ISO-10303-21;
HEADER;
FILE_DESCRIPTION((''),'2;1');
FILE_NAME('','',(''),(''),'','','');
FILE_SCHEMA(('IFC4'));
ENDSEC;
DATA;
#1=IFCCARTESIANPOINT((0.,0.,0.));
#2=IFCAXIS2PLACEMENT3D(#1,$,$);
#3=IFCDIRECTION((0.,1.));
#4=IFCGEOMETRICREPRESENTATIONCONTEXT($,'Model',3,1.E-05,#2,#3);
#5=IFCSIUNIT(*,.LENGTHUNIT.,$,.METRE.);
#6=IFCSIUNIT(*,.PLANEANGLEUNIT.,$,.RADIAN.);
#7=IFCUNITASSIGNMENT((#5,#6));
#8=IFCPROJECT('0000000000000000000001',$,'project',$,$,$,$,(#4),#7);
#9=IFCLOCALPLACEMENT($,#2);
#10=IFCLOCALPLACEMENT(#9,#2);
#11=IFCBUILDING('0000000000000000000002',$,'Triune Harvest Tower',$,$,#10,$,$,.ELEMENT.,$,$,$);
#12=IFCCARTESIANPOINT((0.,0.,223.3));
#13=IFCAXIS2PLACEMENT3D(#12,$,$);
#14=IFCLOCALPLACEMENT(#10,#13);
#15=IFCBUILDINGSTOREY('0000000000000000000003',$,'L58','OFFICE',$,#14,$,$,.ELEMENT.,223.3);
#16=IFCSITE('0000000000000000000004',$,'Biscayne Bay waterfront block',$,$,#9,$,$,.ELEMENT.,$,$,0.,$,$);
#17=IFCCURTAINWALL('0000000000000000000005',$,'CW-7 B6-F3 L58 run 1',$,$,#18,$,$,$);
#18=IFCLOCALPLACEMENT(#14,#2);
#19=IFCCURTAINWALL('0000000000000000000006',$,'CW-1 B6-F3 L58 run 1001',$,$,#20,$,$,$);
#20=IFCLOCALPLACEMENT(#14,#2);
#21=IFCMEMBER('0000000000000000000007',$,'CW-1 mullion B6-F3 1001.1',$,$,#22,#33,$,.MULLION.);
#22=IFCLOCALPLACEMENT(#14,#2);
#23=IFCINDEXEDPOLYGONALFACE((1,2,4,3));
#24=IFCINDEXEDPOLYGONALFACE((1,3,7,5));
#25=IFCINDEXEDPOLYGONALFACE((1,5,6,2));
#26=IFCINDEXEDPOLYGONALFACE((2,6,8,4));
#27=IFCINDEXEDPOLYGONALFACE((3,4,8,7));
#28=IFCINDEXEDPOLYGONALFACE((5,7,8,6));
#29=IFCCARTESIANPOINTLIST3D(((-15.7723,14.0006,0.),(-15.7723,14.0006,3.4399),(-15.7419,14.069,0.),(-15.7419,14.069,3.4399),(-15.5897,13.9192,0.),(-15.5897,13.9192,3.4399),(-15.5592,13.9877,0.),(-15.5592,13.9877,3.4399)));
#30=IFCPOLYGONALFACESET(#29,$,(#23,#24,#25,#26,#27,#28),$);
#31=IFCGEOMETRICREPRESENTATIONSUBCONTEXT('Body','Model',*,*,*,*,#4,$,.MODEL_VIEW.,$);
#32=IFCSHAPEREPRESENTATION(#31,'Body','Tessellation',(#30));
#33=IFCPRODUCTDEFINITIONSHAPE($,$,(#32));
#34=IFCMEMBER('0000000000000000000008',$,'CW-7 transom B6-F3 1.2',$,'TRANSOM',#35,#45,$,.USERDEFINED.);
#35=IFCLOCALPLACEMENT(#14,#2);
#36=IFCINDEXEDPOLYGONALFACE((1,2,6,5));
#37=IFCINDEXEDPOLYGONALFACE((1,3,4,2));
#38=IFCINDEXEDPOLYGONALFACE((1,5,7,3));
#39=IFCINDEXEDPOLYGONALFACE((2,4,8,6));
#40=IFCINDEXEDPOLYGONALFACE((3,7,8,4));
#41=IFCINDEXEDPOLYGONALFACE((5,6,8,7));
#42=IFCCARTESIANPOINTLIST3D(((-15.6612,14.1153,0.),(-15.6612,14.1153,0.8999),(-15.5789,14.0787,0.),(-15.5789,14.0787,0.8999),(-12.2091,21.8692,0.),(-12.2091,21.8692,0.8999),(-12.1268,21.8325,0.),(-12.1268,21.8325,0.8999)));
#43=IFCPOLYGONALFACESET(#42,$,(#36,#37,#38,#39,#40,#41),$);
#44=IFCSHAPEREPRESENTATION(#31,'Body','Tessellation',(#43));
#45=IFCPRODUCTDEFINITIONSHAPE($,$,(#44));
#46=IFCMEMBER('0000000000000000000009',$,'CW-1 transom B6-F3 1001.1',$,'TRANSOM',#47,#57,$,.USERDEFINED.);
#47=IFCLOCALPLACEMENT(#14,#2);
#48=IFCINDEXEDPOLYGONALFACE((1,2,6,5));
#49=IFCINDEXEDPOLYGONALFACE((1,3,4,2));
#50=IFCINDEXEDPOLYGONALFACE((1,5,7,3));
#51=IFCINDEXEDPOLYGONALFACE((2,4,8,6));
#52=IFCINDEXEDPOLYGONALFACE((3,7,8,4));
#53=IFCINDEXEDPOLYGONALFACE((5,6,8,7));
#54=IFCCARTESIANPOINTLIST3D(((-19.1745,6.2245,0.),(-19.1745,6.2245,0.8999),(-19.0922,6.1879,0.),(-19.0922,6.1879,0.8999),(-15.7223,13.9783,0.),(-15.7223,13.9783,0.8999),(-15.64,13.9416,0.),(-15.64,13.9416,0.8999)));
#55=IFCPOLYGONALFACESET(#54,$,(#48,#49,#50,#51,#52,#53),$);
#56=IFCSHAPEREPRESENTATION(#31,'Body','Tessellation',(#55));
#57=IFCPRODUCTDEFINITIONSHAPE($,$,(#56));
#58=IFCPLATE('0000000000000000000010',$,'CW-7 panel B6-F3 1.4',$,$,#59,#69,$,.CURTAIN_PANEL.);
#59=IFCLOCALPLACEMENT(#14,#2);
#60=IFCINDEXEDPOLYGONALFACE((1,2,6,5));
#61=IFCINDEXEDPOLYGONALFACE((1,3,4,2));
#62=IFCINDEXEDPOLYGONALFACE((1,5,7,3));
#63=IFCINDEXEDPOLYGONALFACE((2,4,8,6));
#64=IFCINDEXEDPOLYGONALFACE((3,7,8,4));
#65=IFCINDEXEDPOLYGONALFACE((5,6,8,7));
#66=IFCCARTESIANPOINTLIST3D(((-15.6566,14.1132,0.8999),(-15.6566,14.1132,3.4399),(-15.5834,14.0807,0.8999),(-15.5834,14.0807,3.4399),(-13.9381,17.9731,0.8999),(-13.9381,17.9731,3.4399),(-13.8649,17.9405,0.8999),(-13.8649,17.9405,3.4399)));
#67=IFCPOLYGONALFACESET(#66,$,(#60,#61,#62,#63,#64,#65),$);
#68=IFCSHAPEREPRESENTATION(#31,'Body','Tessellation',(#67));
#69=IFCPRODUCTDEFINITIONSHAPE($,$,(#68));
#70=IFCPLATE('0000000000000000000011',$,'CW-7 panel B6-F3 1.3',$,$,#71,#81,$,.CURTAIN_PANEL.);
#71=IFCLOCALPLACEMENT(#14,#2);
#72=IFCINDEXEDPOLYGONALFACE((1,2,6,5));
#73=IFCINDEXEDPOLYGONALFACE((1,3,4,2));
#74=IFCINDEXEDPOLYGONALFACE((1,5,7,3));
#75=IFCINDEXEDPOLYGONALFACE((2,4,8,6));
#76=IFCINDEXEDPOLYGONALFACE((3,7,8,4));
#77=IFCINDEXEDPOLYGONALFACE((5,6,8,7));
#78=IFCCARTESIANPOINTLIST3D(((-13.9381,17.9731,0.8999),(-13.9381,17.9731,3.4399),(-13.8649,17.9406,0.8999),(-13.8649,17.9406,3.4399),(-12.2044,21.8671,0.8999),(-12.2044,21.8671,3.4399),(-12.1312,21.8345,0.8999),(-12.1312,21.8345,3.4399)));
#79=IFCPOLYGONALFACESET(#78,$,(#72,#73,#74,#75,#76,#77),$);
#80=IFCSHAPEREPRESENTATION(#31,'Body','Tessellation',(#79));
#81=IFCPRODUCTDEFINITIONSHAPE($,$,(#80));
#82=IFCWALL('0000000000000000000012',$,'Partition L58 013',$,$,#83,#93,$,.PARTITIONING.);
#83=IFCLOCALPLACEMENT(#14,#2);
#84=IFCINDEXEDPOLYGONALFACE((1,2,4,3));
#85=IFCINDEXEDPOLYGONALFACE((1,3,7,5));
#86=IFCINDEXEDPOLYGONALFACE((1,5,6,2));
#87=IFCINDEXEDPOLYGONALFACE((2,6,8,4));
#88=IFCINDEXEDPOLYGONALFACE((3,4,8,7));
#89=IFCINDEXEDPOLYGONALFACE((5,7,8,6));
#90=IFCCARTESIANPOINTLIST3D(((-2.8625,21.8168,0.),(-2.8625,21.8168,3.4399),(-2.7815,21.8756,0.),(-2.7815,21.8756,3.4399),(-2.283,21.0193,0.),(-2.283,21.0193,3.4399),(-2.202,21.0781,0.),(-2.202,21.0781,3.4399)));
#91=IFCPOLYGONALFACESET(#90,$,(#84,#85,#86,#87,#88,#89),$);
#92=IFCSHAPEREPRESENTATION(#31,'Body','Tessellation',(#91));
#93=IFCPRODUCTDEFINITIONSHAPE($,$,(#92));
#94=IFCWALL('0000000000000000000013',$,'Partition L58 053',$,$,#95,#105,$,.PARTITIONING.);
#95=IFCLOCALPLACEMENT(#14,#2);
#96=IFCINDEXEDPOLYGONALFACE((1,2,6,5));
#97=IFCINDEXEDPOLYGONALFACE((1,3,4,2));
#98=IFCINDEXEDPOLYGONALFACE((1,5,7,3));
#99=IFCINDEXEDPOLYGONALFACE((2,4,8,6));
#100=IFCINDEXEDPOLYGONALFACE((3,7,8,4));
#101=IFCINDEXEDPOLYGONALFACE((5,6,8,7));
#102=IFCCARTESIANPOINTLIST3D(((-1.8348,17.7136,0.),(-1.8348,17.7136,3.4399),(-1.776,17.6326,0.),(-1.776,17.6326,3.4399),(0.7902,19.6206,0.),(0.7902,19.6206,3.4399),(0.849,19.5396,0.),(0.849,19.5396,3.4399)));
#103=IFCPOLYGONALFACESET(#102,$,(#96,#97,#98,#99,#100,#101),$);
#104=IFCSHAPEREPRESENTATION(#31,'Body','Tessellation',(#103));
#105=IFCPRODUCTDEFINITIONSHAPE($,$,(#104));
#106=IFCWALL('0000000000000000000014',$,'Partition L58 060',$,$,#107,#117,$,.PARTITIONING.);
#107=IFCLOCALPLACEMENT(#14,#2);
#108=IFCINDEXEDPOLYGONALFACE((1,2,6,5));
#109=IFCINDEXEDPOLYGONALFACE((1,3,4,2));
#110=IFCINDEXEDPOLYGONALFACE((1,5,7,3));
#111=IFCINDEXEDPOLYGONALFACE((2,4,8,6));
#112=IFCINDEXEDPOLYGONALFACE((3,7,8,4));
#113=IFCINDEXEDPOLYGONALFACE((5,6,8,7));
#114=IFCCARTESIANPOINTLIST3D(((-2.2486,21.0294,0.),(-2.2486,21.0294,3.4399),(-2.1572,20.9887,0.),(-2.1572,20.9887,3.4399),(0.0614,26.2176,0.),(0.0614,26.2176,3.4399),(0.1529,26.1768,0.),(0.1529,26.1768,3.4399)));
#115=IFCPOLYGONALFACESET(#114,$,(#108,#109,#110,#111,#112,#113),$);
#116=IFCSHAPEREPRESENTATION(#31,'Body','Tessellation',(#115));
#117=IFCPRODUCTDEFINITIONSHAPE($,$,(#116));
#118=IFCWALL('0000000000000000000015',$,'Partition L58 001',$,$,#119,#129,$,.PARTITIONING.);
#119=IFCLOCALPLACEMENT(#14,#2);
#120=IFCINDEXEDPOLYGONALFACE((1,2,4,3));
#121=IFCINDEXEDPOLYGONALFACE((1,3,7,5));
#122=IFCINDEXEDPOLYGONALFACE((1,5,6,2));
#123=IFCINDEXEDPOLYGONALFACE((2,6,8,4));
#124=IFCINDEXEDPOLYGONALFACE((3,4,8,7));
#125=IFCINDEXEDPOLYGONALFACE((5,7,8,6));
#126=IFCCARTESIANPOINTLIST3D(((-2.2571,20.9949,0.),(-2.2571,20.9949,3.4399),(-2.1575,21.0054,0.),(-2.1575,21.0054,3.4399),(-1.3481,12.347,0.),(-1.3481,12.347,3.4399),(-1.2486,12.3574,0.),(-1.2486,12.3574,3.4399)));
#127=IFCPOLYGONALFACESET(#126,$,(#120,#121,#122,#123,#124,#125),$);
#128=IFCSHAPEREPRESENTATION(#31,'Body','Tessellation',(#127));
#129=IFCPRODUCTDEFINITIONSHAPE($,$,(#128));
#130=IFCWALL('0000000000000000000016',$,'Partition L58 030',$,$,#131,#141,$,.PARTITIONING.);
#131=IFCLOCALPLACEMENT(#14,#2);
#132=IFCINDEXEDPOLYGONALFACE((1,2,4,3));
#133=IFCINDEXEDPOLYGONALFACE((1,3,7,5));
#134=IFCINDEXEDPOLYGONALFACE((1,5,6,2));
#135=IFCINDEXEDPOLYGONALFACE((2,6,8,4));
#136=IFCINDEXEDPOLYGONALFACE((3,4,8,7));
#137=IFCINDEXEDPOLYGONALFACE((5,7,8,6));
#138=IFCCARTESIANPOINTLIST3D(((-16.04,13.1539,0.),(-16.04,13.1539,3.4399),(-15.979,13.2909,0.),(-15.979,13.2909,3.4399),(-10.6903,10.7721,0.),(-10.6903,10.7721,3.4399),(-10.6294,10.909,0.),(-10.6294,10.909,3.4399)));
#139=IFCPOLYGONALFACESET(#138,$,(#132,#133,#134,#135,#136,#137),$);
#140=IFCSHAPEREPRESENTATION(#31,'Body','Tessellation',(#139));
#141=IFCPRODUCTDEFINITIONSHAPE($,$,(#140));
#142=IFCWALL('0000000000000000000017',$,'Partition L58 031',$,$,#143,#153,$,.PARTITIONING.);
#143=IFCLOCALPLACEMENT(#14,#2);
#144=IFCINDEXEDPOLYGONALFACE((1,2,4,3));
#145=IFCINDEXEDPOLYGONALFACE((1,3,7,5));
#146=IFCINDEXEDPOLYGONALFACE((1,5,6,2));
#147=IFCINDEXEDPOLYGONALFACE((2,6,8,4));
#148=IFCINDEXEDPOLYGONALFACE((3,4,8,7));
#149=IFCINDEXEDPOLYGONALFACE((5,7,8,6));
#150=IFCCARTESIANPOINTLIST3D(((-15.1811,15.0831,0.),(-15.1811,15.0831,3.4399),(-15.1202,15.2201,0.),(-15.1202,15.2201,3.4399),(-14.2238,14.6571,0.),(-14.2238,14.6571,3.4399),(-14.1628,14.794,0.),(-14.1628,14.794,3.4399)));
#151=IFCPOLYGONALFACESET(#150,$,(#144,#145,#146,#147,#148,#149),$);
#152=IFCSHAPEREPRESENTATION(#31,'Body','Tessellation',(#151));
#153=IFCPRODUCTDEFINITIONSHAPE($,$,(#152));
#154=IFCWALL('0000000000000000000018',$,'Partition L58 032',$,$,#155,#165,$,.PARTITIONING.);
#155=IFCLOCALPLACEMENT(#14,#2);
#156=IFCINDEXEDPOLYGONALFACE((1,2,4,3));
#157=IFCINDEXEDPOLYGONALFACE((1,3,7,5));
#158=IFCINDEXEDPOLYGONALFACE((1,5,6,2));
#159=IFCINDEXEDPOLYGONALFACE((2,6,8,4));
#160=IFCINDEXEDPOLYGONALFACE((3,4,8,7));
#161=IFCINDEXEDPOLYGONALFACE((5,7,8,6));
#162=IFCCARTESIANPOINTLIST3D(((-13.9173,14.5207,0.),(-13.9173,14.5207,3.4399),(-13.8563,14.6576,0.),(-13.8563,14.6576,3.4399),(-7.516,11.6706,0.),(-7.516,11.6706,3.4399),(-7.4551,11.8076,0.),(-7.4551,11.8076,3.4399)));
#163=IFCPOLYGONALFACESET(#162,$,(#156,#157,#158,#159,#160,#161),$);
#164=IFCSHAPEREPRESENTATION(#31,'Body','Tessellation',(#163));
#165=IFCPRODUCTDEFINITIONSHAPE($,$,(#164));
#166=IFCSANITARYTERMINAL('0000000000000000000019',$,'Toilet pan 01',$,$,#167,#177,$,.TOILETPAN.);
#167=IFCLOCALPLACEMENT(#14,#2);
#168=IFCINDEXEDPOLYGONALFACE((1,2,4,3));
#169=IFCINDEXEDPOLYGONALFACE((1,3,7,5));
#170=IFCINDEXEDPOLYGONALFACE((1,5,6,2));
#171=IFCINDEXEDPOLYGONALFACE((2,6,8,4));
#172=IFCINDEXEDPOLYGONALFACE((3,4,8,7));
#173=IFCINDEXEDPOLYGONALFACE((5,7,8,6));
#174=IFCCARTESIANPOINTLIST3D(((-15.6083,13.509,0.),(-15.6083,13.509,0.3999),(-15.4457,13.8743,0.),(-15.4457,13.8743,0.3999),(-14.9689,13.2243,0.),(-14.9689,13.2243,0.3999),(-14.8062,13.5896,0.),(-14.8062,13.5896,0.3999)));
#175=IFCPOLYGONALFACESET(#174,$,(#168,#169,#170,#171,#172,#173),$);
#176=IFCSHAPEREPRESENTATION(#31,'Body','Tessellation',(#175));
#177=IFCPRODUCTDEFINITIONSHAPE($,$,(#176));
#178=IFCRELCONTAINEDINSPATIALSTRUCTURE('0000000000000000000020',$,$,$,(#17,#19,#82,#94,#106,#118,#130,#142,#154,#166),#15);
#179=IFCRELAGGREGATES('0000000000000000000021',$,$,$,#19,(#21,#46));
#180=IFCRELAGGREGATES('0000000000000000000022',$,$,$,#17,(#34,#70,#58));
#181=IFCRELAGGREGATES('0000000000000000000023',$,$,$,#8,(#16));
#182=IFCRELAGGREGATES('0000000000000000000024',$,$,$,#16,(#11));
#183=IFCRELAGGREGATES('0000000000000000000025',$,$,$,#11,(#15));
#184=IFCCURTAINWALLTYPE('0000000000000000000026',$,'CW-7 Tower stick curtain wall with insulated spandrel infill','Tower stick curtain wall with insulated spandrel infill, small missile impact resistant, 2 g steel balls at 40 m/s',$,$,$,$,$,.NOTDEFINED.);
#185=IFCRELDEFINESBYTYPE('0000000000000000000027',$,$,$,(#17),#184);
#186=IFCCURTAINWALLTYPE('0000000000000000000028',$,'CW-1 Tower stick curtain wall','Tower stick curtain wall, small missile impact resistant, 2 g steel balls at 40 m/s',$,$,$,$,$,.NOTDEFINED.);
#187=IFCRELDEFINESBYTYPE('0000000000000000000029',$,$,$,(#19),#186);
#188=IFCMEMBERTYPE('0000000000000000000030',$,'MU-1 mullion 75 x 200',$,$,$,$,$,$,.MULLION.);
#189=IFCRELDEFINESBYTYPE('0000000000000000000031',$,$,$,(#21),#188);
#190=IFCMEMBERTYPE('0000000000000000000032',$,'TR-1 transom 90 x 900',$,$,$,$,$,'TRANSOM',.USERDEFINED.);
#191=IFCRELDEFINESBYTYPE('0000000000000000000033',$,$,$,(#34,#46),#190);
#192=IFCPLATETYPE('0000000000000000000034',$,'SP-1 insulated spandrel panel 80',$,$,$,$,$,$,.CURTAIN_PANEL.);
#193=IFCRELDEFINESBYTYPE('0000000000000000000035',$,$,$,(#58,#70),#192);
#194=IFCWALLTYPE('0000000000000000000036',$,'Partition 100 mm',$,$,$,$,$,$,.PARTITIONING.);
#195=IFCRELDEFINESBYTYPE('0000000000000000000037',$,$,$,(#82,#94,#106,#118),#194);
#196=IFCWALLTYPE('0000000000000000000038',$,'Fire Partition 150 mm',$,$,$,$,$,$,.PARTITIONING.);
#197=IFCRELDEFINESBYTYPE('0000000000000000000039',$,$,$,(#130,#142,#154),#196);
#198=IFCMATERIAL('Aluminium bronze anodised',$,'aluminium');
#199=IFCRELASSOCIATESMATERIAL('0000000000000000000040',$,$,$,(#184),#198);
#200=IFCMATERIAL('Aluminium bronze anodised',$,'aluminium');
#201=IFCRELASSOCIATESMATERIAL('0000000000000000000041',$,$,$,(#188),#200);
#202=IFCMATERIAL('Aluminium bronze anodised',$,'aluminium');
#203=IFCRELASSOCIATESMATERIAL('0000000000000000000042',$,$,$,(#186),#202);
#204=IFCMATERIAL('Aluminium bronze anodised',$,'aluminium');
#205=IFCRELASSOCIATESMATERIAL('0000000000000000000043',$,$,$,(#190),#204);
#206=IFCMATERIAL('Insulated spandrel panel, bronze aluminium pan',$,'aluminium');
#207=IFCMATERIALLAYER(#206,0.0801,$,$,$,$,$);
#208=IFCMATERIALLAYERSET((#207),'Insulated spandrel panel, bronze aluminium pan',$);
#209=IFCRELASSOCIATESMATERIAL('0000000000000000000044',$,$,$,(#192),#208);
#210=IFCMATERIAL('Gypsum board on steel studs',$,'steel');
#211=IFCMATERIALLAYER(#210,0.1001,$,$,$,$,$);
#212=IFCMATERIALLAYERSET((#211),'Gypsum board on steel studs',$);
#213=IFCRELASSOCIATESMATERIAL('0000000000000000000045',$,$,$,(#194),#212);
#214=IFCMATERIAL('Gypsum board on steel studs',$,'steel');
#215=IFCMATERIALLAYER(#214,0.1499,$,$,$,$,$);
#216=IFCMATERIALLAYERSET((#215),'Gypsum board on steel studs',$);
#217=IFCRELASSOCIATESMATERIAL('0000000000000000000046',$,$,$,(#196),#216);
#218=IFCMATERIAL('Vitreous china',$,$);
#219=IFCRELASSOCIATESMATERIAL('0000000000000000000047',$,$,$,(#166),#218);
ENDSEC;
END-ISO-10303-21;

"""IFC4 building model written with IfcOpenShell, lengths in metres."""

from ifc_helpers import new_model, si_unit, direction, frame, frame_2d, origin, origin_2d, place, context, subcontext, project, spatial, rectangle, extrude, source, transform, mapped, material, layer, layer_set, material_profile, profile_set, type_object, element, aggregate, save


model = new_model("IFC4")

# Units and contexts
model_context = context("Model", 3, precision=1e-05, world=origin(), true_north=direction((0.0, 1.0)))
body_context = subcontext(model_context, "Body", "Model", "MODEL_VIEW")
ifc_project = project(units=[si_unit("LENGTHUNIT", "METRE"), si_unit("PLANEANGLEUNIT", "RADIAN")], contexts=[model_context])

# Site, building, storey
site_placement = place(None, origin())
site = spatial("IfcSite", under=ifc_project, at=site_placement, Name="Biscayne Bay waterfront block", CompositionType="ELEMENT", RefElevation=0.0)
building_placement = place(site_placement, origin())
building = spatial("IfcBuilding", under=site, at=building_placement, Name="Triune Harvest Tower", CompositionType="ELEMENT")
storey_placement = place(building_placement, frame((0.0, 0.0, 223.3)))
storey = spatial("IfcBuildingStorey", under=building, at=storey_placement, Name="L58", Description="OFFICE", CompositionType="ELEMENT", Elevation=223.3)

# Curtain walls, member
ifc_material_1 = material(Name="Aluminium bronze anodised", Category="aluminium")
curtain_wall_type_1 = type_object("IfcCurtainWallType", Name="CW-7 Tower stick curtain wall with insulated spandrel infill", Description="Tower stick curtain wall with insulated spandrel infill, small missile impact resistant, 2 g steel balls at 40 m/s", PredefinedType="NOTDEFINED", material=ifc_material_1)
curtain_wall_1_placement = place(storey_placement, origin())
curtain_wall_1 = element("IfcCurtainWall", 1, at=curtain_wall_1_placement, inside=storey, type_object=curtain_wall_type_1, Name="CW-7 B6-F3 L58 run 1")
ifc_material_2 = material(Name="Aluminium bronze anodised", Category="aluminium")
ifc_material_profile_1 = material_profile(ifc_material_2, rectangle(XDim=0.2, YDim=0.075, at=origin_2d()), Name="MU-1 mullion 75 x 200")
ifc_profile_set_1 = profile_set([ifc_material_profile_1], Name="Aluminium bronze anodised")
member_type_1 = type_object("IfcMemberType", Name="MU-1 mullion 75 x 200", PredefinedType="MULLION", material=ifc_profile_set_1)
shared_shape_1 = source(origin(), body_context, "Body", "SweptSolid", [
    extrude(rectangle(XDim=0.2, YDim=0.075, at=origin_2d()), origin(), (0.0, 0.0, 1.0), 3.4399),
])
ifc_material_3 = material(Name="Aluminium bronze anodised", Category="aluminium")
curtain_wall_type_2 = type_object("IfcCurtainWallType", Name="CW-1 Tower stick curtain wall", Description="Tower stick curtain wall, small missile impact resistant, 2 g steel balls at 40 m/s", PredefinedType="NOTDEFINED", material=ifc_material_3)
curtain_wall_2_placement = place(storey_placement, origin())
curtain_wall_2 = element("IfcCurtainWall", 2, at=curtain_wall_2_placement, inside=storey, type_object=curtain_wall_type_2, Name="CW-1 B6-F3 L58 run 1001")
member_1_placement = place(storey_placement, frame((-15.6658, 13.9941, 0.0), z_axis=(0.0, 0.0, 1.0), x_axis=(0.913542, -0.406744, 0.0)))
member_1 = element("IfcMember", 3, at=member_1_placement, type_object=member_type_1, Name="CW-1 mullion B6-F3 1001.1", PredefinedType="MULLION", context=body_context, shape_type="MappedRepresentation", body=[
    mapped(shared_shape_1, transform((0.0, 0.0, 0.0), scale=1.0)),
])

# Members
ifc_material_4 = material(Name="Aluminium bronze anodised", Category="aluminium")
ifc_material_profile_2 = material_profile(ifc_material_4, rectangle(XDim=0.0901, YDim=0.8999, at=origin_2d()), Name="TR-1 transom 90 x 900")
ifc_profile_set_2 = profile_set([ifc_material_profile_2], Name="Aluminium bronze anodised")
member_type_2 = type_object("IfcMemberType", Name="TR-1 transom 90 x 900", ElementType="TRANSOM", PredefinedType="USERDEFINED", material=ifc_profile_set_2)
shared_shape_2 = source(origin(), body_context, "Body", "SweptSolid", [
    extrude(rectangle(XDim=0.0901, YDim=0.8999, at=origin_2d()), origin(), (0.0, 0.0, 1.0), 8.4875),
])
member_2_placement = place(storey_placement, frame((-12.168, 21.8508, 0.45), z_axis=(-0.406726, -0.91355, 0.0), x_axis=(0.91355, -0.406726, 0.0)))
member_2 = element("IfcMember", 4, at=member_2_placement, type_object=member_type_2, Name="CW-7 transom B6-F3 1.2", ObjectType="TRANSOM", PredefinedType="USERDEFINED", context=body_context, shape_type="MappedRepresentation", body=[
    mapped(shared_shape_2, transform((0.0, 0.0, 0.0), scale=1.0)),
])
member_3_placement = place(storey_placement, frame((-15.6812, 13.96, 0.45), z_axis=(-0.406736, -0.913546, 0.0), x_axis=(0.913546, -0.406736, 0.0)))
member_3 = element("IfcMember", 5, at=member_3_placement, type_object=member_type_2, Name="CW-1 transom B6-F3 1001.1", ObjectType="TRANSOM", PredefinedType="USERDEFINED", context=body_context, shape_type="MappedRepresentation", body=[
    mapped(shared_shape_2, transform((0.0, 0.0, 0.0), scale=1.0)),
])
aggregate(curtain_wall_2, [member_1, member_3])

# Plates
ifc_material_5 = material(Name="Insulated spandrel panel, bronze aluminium pan", Category="aluminium")
ifc_layer_1 = layer(ifc_material_5, 0.0801)
ifc_layer_set_1 = layer_set([ifc_layer_1], Name="Insulated spandrel panel, bronze aluminium pan")
plate_type = type_object("IfcPlateType", Name="SP-1 insulated spandrel panel 80", PredefinedType="CURTAIN_PANEL", material=ifc_layer_set_1)
shared_shape_3 = source(origin(), body_context, "Body", "SweptSolid", [
    extrude(rectangle(XDim=4.2251, YDim=0.0801, at=origin_2d()), origin(), (0.0, 0.0, 1.0), 2.54),
])
plate_1_placement = place(storey_placement, frame((-14.7607, 16.0269, 0.8999), z_axis=(0.0, 0.0, 1.0), x_axis=(-0.406736, -0.913546, 0.0)))
plate_1 = element("IfcPlate", 6, at=plate_1_placement, type_object=plate_type, Name="CW-7 panel B6-F3 1.4", PredefinedType="CURTAIN_PANEL", context=body_context, shape_type="MappedRepresentation", body=[
    mapped(shared_shape_3, transform((0.0, 0.0, 0.0), scale=1.0)),
])
shared_shape_4 = source(origin(), body_context, "Body", "SweptSolid", [
    extrude(rectangle(XDim=4.2625, YDim=0.0801, at=origin_2d()), origin(), (0.0, 0.0, 1.0), 2.54),
])
plate_2_placement = place(storey_placement, frame((-13.0347, 19.9038, 0.8999), z_axis=(0.0, 0.0, 1.0), x_axis=(-0.406736, -0.913546, 0.0)))
plate_2 = element("IfcPlate", 7, at=plate_2_placement, type_object=plate_type, Name="CW-7 panel B6-F3 1.3", PredefinedType="CURTAIN_PANEL", context=body_context, shape_type="MappedRepresentation", body=[
    mapped(shared_shape_4, transform((0.0, 0.0, 0.0), scale=1.0)),
])
aggregate(curtain_wall_1, [member_2, plate_2, plate_1])

# Walls
ifc_material_6 = material(Name="Gypsum board on steel studs", Category="steel")
ifc_layer_2 = layer(ifc_material_6, 0.1001)
ifc_layer_set_2 = layer_set([ifc_layer_2], Name="Gypsum board on steel studs")
wall_type_1 = type_object("IfcWallType", Name="Partition 100 mm", PredefinedType="PARTITIONING", material=ifc_layer_set_2)
wall_1_placement = place(storey_placement, frame((-2.822, 21.8462, 0.0), z_axis=(0.0, 0.0, 1.0), x_axis=(0.587848, -0.808972, 0.0)))
element("IfcWall", 8, at=wall_1_placement, inside=storey, type_object=wall_type_1, Name="Partition L58 013", PredefinedType="PARTITIONING", context=body_context, shape_type="SweptSolid", body=[
    extrude(rectangle(XDim=0.9858, YDim=0.1001, at=frame_2d((0.4929, 0.0))), origin(), (0.0, 0.0, 1.0), 3.4399),
])
wall_2_placement = place(storey_placement, frame((-1.8054, 17.6731, 0.0), z_axis=(0.0, 0.0, 1.0), x_axis=(0.809045, 0.587747, 0.0)))
element("IfcWall", 9, at=wall_2_placement, inside=storey, type_object=wall_type_1, Name="Partition L58 053", PredefinedType="PARTITIONING", context=body_context, shape_type="SweptSolid", body=[
    extrude(rectangle(XDim=3.2446, YDim=0.1001, at=frame_2d((1.6223, 0.0))), origin(), (0.0, 0.0, 1.0), 3.4399),
])
wall_3_placement = place(storey_placement, frame((-2.2029, 21.009, 0.0), z_axis=(0.0, 0.0, 1.0), x_axis=(0.406753, 0.913538, 0.0)))
element("IfcWall", 10, at=wall_3_placement, inside=storey, type_object=wall_type_1, Name="Partition L58 060", PredefinedType="PARTITIONING", context=body_context, shape_type="SweptSolid", body=[
    extrude(rectangle(XDim=5.6792, YDim=0.1001, at=frame_2d((2.8396, 0.0))), origin(), (0.0, 0.0, 1.0), 3.4399),
])
shared_shape_5 = source(origin(), body_context, "Body", "SweptSolid", [
    extrude(rectangle(XDim=8.6956, YDim=0.1001, at=frame_2d((4.3477, 0.0))), origin(), (0.0, 0.0, 1.0), 3.4399),
])
wall_4_placement = place(storey_placement, frame((-2.2073, 21.0, 0.0), z_axis=(0.0, 0.0, 1.0), x_axis=(0.104528, -0.994522, 0.0)))
element("IfcWall", 11, at=wall_4_placement, inside=storey, type_object=wall_type_1, Name="Partition L58 001", PredefinedType="PARTITIONING", context=body_context, shape_type="MappedRepresentation", body=[
    mapped(shared_shape_5, transform((0.0, 0.0, 0.0), scale=1.0)),
])
ifc_material_7 = material(Name="Gypsum board on steel studs", Category="steel")
ifc_layer_3 = layer(ifc_material_7, 0.1499)
ifc_layer_set_3 = layer_set([ifc_layer_3], Name="Gypsum board on steel studs")
wall_type_2 = type_object("IfcWallType", Name="Fire Partition 150 mm", PredefinedType="PARTITIONING", material=ifc_layer_set_3)
shared_shape_6 = source(origin(), body_context, "Body", "SweptSolid", [
    extrude(rectangle(XDim=5.856, YDim=0.1499, at=frame_2d((2.928, 0.0))), origin(), (0.0, 0.0, 1.0), 3.4399),
])
wall_5_placement = place(storey_placement, frame((-16.0095, 13.2224, 0.0), z_axis=(0.0, 0.0, 1.0), x_axis=(0.913543, -0.406742, 0.0)))
element("IfcWall", 12, at=wall_5_placement, inside=storey, type_object=wall_type_2, Name="Partition L58 030", PredefinedType="PARTITIONING", context=body_context, shape_type="MappedRepresentation", body=[
    mapped(shared_shape_6, transform((0.0, 0.0, 0.0), scale=1.0)),
])
shared_shape_7 = source(origin(), body_context, "Body", "SweptSolid", [
    extrude(rectangle(XDim=1.0479, YDim=0.1499, at=frame_2d((0.5239, 0.0))), origin(), (0.0, 0.0, 1.0), 3.4399),
])
wall_6_placement = place(storey_placement, frame((-15.1506, 15.1516, 0.0), z_axis=(0.0, 0.0, 1.0), x_axis=(0.91361, -0.406592, 0.0)))
element("IfcWall", 13, at=wall_6_placement, inside=storey, type_object=wall_type_2, Name="Partition L58 031", PredefinedType="PARTITIONING", context=body_context, shape_type="MappedRepresentation", body=[
    mapped(shared_shape_7, transform((0.0, 0.0, 0.0), scale=1.0)),
])
shared_shape_8 = source(origin(), body_context, "Body", "SweptSolid", [
    extrude(rectangle(XDim=7.0071, YDim=0.1499, at=frame_2d((3.5034, 0.0))), origin(), (0.0, 0.0, 1.0), 3.4399),
])
wall_7_placement = place(storey_placement, frame((-13.8867, 14.5891, 0.0), z_axis=(0.0, 0.0, 1.0), x_axis=(0.913544, -0.40674, 0.0)))
element("IfcWall", 14, at=wall_7_placement, inside=storey, type_object=wall_type_2, Name="Partition L58 032", PredefinedType="PARTITIONING", context=body_context, shape_type="MappedRepresentation", body=[
    mapped(shared_shape_8, transform((0.0, 0.0, 0.0), scale=1.0)),
])

# Sanitary terminal
ifc_material_8 = material(Name="Vitreous china")
shared_shape_9 = source(origin(), body_context, "Body", "SweptSolid", [
    extrude(rectangle(XDim=0.3999, YDim=0.7, at=origin_2d()), origin(), (0.0, 0.0, 1.0), 0.3999),
])
for number, where, z_axis, x_axis, name in (
    (15, (-15.2073, 13.5493, 0.0), (0.0, 0.0, 1.0), (0.406737, 0.913545, 0.0), "Toilet pan 01"),
):
    element("IfcSanitaryTerminal", number, at=place(storey_placement, frame(where, z_axis=z_axis, x_axis=x_axis)), inside=storey, material=ifc_material_8, Name=name, PredefinedType="TOILETPAN", context=body_context, shape_type="MappedRepresentation", body=[
        mapped(shared_shape_9, transform((0.0, 0.0, 0.0), scale=1.0)),
    ])

save(model, "model.ifc")
